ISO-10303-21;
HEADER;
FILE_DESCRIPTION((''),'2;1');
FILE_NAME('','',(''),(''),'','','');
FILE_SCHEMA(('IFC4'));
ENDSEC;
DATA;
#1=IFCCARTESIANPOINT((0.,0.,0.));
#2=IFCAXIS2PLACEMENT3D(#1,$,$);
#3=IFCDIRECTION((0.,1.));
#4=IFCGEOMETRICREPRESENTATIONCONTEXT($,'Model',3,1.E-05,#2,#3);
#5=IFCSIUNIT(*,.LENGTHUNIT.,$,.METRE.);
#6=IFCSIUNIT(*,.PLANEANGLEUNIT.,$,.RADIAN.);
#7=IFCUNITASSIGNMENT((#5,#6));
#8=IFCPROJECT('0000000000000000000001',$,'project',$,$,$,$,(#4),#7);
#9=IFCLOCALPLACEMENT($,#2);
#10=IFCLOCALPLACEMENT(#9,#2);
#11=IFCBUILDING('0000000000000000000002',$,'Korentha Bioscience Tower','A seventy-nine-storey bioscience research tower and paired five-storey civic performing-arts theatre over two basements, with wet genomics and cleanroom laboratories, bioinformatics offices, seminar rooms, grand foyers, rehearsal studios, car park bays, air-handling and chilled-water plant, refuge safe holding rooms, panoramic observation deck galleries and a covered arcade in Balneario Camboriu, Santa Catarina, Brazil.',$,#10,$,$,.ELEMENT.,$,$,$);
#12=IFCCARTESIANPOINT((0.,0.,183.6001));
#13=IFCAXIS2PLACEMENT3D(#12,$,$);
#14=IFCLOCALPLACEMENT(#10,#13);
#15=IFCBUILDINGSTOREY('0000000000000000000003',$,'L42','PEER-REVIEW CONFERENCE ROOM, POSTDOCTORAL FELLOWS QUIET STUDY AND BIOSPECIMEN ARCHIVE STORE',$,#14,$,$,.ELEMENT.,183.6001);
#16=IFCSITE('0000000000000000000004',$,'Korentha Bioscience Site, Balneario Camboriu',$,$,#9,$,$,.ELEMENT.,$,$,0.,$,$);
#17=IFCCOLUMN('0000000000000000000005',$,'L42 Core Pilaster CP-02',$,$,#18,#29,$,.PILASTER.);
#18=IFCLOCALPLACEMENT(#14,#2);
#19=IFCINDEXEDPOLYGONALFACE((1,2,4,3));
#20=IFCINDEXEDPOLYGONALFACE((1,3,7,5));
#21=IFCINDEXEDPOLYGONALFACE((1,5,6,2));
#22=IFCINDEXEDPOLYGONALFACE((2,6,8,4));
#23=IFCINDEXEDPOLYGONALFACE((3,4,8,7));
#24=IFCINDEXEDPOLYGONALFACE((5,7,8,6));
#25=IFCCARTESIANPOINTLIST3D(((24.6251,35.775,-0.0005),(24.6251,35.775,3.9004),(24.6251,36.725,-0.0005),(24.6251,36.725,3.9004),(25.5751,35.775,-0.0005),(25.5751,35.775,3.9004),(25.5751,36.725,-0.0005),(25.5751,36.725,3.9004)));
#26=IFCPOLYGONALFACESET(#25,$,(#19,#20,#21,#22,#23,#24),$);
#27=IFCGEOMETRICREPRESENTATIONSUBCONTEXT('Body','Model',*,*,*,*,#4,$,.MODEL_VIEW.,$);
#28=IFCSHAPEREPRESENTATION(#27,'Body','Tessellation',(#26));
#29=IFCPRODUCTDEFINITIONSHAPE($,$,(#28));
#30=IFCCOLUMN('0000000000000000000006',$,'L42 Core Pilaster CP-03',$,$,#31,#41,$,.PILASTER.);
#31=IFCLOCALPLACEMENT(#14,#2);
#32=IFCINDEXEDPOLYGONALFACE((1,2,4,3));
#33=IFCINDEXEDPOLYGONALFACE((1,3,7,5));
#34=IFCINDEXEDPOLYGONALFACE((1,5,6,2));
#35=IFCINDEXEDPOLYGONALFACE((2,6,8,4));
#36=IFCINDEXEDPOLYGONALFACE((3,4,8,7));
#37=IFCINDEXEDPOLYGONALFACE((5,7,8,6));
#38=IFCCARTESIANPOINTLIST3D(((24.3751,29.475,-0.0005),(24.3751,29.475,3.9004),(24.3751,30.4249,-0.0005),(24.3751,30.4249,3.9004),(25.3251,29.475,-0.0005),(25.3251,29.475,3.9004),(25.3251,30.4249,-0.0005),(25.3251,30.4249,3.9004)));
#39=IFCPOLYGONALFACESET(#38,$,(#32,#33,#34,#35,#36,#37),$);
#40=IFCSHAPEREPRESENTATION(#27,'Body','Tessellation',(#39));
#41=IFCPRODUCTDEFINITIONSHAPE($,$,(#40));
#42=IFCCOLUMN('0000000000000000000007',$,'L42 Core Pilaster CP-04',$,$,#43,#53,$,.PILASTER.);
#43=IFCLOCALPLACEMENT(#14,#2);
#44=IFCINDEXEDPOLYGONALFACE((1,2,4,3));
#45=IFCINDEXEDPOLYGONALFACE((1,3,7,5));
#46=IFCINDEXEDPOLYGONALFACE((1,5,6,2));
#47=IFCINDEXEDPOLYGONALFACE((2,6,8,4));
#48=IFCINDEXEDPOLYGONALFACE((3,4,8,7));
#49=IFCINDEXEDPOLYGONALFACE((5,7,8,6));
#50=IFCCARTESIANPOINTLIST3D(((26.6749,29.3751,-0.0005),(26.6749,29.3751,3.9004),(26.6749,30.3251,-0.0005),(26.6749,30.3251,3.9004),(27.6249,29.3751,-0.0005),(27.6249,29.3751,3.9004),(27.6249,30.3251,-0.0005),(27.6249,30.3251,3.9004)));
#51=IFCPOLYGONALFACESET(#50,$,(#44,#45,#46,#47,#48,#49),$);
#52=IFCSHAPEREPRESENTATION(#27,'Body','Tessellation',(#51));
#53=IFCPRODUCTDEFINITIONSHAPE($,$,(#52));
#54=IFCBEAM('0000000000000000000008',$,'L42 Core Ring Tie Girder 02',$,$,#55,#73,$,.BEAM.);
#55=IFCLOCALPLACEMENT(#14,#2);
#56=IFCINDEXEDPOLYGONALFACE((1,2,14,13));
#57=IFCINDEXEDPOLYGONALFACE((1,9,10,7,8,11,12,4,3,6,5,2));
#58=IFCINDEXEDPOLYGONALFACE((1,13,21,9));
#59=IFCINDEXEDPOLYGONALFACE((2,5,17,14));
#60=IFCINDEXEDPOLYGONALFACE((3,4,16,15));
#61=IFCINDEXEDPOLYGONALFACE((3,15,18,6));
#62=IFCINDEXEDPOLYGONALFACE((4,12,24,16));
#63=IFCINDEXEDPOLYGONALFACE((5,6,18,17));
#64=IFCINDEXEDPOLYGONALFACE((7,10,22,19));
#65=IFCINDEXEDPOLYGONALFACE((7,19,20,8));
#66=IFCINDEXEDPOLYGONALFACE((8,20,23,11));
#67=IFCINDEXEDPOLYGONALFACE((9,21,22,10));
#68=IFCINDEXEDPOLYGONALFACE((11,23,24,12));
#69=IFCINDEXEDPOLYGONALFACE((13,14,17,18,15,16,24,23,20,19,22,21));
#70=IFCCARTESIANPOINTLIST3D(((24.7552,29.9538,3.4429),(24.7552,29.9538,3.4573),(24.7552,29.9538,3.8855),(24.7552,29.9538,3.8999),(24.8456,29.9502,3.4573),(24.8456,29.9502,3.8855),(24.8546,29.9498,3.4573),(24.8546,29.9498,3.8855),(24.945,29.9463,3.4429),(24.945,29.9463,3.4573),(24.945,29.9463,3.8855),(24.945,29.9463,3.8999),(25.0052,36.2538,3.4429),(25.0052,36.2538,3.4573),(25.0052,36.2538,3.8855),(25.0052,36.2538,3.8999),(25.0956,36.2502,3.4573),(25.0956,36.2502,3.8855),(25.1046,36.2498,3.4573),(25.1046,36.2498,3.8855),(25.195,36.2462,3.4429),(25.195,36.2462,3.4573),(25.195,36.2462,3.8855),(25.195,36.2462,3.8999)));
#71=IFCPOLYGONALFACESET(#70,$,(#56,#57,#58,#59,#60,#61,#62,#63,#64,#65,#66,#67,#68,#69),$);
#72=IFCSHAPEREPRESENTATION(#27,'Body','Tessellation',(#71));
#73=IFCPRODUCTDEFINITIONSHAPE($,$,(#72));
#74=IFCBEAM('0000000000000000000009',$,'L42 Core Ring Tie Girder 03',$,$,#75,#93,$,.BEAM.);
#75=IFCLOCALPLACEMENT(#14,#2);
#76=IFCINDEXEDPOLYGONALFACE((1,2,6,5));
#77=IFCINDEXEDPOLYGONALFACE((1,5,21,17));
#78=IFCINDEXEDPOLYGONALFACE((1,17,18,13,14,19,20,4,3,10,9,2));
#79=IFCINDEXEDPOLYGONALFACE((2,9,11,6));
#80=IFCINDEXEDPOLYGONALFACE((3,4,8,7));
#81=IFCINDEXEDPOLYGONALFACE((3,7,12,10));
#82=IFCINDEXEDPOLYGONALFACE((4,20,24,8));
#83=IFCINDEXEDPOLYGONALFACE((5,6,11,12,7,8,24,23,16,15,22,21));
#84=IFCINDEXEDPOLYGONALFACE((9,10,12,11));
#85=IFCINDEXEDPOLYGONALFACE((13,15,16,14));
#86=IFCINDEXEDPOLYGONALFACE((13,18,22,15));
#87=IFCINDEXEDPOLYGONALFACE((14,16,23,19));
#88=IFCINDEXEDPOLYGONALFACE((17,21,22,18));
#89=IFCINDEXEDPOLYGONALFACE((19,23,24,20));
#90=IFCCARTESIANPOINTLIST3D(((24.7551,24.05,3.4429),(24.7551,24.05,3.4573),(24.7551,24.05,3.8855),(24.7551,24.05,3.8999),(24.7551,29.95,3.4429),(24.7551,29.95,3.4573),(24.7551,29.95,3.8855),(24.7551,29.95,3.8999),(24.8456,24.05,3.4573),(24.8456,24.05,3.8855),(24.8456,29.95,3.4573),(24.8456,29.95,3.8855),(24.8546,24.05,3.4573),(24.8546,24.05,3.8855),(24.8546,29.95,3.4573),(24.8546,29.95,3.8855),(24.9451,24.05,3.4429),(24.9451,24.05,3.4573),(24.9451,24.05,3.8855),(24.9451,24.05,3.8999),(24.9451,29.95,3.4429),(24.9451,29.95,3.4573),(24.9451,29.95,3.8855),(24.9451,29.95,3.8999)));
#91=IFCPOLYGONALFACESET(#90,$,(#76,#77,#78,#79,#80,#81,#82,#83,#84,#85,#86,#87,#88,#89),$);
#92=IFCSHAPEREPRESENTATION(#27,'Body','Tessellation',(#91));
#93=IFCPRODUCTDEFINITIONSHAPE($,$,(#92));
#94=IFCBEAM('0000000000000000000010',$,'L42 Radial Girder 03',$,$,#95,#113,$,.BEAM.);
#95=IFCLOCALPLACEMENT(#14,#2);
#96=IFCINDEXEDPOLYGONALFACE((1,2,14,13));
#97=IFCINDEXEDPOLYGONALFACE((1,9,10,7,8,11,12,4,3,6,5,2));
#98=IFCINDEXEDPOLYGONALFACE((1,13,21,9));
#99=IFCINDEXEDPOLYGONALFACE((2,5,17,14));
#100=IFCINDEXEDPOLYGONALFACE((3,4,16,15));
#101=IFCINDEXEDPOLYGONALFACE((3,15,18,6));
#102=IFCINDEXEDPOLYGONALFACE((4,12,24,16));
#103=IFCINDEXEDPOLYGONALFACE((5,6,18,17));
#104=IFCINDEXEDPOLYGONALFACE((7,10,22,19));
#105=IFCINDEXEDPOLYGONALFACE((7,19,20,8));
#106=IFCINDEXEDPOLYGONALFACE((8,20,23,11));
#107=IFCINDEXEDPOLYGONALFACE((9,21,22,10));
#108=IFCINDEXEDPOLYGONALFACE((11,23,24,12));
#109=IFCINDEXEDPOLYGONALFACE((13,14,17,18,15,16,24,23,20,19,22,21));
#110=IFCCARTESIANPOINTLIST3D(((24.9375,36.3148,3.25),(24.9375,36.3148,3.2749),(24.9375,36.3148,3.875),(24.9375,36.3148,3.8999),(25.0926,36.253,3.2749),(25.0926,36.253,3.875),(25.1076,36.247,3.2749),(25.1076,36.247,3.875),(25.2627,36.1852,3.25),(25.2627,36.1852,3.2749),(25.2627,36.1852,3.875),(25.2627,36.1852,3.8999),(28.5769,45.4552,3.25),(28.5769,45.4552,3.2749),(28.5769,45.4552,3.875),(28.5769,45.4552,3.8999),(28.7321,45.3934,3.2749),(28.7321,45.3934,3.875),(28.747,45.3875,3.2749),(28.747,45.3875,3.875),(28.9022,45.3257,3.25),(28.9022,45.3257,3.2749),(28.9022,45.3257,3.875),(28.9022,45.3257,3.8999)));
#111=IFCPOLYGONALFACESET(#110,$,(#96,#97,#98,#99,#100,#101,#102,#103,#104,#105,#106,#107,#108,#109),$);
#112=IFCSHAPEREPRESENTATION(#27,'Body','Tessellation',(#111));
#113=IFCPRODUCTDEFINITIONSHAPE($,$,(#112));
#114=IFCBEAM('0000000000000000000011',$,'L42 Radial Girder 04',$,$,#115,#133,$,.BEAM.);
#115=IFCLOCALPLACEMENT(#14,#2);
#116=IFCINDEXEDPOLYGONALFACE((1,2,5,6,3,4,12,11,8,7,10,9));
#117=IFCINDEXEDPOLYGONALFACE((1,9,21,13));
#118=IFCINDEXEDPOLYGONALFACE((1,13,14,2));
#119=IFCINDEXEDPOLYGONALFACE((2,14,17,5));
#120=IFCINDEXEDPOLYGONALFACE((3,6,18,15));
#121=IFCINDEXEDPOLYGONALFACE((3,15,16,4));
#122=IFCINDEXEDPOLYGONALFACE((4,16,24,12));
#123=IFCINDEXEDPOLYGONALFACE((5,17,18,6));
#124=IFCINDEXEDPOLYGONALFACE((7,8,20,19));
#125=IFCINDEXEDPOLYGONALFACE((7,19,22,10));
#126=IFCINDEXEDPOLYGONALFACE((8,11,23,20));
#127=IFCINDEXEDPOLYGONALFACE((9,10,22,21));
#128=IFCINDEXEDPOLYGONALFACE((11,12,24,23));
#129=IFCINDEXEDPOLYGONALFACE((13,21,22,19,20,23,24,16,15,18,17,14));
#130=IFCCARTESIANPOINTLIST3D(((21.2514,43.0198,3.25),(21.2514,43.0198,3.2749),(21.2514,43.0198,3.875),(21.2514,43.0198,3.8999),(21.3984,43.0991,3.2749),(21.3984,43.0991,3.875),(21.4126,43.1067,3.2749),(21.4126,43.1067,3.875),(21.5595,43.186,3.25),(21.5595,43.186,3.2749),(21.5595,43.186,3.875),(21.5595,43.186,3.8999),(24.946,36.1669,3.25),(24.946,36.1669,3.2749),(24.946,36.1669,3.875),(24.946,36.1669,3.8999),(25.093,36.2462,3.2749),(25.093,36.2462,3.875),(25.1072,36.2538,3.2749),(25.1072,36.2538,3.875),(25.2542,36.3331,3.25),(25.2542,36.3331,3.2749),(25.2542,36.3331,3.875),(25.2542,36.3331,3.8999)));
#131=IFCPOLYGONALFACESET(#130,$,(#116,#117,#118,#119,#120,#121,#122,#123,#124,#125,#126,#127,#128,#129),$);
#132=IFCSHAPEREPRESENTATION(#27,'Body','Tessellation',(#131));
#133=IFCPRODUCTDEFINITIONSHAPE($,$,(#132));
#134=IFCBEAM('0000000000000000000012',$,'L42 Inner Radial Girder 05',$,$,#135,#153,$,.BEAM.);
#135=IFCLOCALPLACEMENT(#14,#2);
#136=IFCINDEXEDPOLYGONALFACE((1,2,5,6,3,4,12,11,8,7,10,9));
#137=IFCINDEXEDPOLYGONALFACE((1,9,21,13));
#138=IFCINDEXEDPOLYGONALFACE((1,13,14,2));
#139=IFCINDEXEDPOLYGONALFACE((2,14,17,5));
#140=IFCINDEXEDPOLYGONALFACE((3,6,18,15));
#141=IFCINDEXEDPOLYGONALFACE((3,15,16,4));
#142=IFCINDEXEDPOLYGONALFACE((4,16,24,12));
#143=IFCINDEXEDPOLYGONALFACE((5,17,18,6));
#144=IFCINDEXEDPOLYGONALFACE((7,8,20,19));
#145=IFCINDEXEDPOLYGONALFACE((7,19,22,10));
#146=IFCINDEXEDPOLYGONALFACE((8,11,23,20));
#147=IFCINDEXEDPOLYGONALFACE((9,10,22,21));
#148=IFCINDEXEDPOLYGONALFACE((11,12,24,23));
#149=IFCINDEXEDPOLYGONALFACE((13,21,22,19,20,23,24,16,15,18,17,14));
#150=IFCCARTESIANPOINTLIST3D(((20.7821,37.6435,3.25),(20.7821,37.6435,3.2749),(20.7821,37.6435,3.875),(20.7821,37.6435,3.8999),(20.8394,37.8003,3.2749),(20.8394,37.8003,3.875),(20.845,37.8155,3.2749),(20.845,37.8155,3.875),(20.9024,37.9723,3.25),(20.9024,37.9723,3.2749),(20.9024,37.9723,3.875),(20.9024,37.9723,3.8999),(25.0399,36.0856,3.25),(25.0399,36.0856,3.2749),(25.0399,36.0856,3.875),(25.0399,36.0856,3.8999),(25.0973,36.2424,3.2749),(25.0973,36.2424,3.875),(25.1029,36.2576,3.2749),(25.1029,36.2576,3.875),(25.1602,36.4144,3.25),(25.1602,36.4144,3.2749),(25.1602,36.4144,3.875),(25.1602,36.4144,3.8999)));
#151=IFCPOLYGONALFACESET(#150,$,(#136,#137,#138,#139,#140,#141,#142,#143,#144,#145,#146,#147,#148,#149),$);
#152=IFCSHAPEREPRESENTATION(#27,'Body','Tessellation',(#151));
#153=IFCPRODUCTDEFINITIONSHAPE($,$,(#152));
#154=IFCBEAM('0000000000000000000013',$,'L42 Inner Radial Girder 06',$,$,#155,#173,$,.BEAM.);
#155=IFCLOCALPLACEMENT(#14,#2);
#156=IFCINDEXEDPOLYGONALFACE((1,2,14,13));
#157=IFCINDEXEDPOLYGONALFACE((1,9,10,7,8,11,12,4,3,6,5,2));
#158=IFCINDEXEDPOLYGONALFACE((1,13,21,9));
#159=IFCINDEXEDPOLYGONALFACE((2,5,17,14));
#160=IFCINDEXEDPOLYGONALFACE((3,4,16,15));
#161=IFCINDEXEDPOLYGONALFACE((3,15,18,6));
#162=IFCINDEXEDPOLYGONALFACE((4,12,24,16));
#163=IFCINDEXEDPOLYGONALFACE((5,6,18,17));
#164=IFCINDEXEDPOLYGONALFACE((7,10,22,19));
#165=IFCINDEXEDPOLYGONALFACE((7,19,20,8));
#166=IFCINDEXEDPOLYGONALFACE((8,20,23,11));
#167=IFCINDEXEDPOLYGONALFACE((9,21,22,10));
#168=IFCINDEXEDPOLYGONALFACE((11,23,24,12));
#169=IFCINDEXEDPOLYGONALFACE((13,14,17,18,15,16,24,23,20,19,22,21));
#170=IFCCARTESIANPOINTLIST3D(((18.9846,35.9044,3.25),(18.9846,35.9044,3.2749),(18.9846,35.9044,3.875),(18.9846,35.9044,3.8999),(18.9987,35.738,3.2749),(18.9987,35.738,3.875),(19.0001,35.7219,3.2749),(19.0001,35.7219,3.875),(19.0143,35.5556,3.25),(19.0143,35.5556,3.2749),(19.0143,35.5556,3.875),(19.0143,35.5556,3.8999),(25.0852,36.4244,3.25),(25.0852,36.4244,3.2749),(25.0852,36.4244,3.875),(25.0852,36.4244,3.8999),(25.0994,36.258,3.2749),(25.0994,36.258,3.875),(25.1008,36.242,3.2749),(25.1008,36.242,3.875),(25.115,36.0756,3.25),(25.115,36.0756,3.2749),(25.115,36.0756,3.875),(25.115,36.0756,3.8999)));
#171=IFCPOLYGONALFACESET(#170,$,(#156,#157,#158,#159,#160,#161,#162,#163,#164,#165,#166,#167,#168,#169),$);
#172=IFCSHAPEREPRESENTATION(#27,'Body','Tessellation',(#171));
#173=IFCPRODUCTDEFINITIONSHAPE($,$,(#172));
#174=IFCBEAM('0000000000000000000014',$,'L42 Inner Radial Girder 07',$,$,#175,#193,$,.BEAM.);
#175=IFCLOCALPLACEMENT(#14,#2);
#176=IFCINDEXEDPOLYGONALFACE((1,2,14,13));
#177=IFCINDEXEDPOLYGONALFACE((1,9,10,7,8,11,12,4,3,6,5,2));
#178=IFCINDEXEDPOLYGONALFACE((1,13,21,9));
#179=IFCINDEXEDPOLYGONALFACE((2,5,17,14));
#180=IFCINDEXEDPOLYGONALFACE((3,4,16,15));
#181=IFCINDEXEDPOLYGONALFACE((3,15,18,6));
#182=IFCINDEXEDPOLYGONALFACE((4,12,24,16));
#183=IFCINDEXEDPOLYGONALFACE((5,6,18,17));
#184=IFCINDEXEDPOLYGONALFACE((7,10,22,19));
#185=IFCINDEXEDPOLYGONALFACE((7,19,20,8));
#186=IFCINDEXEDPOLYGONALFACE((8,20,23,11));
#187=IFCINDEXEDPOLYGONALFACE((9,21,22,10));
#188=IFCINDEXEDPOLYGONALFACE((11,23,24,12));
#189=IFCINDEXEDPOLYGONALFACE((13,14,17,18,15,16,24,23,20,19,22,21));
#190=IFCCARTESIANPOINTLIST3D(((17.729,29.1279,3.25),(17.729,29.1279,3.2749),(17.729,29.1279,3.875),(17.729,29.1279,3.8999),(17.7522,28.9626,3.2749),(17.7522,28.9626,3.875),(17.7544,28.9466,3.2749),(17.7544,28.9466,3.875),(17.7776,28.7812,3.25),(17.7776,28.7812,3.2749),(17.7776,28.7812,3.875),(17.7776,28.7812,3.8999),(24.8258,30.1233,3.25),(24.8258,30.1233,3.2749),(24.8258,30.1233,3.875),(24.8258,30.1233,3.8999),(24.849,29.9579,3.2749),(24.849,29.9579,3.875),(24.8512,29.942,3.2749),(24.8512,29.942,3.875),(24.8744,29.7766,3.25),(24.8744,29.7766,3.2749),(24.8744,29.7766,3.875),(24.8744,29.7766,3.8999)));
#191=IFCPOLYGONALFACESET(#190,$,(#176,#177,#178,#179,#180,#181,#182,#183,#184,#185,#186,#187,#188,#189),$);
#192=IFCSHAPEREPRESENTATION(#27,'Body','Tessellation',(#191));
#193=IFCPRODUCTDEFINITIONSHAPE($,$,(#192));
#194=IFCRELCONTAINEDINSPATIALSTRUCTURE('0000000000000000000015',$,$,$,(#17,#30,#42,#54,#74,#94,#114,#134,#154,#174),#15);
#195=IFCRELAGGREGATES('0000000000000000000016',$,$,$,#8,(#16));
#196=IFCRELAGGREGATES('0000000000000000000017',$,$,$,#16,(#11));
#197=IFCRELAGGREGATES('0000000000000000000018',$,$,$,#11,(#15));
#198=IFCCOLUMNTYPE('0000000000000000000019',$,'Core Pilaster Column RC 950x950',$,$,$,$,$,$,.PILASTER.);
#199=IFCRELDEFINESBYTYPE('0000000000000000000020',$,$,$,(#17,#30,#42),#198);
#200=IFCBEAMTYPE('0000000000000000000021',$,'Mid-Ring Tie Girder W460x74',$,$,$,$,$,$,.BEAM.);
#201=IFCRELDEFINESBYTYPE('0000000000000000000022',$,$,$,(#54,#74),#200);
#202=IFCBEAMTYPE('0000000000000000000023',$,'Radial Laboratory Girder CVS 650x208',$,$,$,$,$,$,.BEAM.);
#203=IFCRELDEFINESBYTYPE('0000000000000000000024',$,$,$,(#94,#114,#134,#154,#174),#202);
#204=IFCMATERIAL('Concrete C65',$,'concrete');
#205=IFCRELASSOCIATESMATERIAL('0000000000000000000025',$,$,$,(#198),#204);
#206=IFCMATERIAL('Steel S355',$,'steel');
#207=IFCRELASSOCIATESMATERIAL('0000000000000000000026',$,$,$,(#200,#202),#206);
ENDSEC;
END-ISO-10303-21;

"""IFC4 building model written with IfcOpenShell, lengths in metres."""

from ifc_helpers import new_model, si_unit, direction, frame, origin, origin_2d, place, context, subcontext, project, spatial, rectangle, i_section, extrude, material, material_profile, profile_set, type_object, element, save


model = new_model("IFC4")

# Units and contexts
model_context = context("Model", 3, precision=1e-05, world=origin(), true_north=direction((0.0, 1.0)))
body_context = subcontext(model_context, "Body", "Model", "MODEL_VIEW")
ifc_project = project(units=[si_unit("LENGTHUNIT", "METRE"), si_unit("PLANEANGLEUNIT", "RADIAN")], contexts=[model_context])

# Site, building, storey
site_placement = place(None, origin())
site = spatial("IfcSite", under=ifc_project, at=site_placement, Name="Korentha Bioscience Site, Balneario Camboriu", CompositionType="ELEMENT", RefElevation=0.0)
building_placement = place(site_placement, origin())
building = spatial("IfcBuilding", under=site, at=building_placement, Name="Korentha Bioscience Tower", Description="A seventy-nine-storey bioscience research tower and paired five-storey civic performing-arts theatre over two basements, with wet genomics and cleanroom laboratories, bioinformatics offices, seminar rooms, grand foyers, rehearsal studios, car park bays, air-handling and chilled-water plant, refuge safe holding rooms, panoramic observation deck galleries and a covered arcade in Balneario Camboriu, Santa Catarina, Brazil.", CompositionType="ELEMENT")
storey_placement = place(building_placement, frame((0.0, 0.0, 183.6001)))
storey = spatial("IfcBuildingStorey", under=building, at=storey_placement, Name="L42", Description="PEER-REVIEW CONFERENCE ROOM, POSTDOCTORAL FELLOWS QUIET STUDY AND BIOSPECIMEN ARCHIVE STORE", CompositionType="ELEMENT", Elevation=183.6001)

# Columns
ifc_material_1 = material(Name="Concrete C65", Category="concrete")
ifc_material_profile_1 = material_profile(ifc_material_1, rectangle(XDim=0.95, YDim=0.95, at=origin_2d()), Name="Concrete C65")
ifc_profile_set_1 = profile_set([ifc_material_profile_1], Name="Concrete C65 (COL-CP09)")
column_type = type_object("IfcColumnType", Name="Core Pilaster Column RC 950x950", PredefinedType="PILASTER", material=ifc_profile_set_1)
for number, where, z_axis, x_axis, name in (
    (1, (25.1001, 36.25, -0.0005), (0.0, 0.0, 1.0), (1.0, 0.0, 0.0), "L42 Core Pilaster CP-02"),
    (2, (24.8501, 29.95, -0.0005), (0.0, 0.0, 1.0), (1.0, 0.0, 0.0), "L42 Core Pilaster CP-03"),
    (3, (27.1499, 29.8501, -0.0005), (0.0, 0.0, 1.0), (1.0, 0.0, 0.0), "L42 Core Pilaster CP-04"),
):
    element("IfcColumn", number, at=place(storey_placement, frame(where, z_axis=z_axis, x_axis=x_axis)), inside=storey, type_object=column_type, Name=name, PredefinedType="PILASTER", context=body_context, shape_type="SweptSolid", body=[
        extrude(rectangle(XDim=0.95, YDim=0.95, at=origin_2d()), origin(), (0.0, 0.0, 1.0), 3.9009),
    ])

# Beams
ifc_material_2 = material(Name="Steel S355", Category="steel")
ifc_material_profile_2 = material_profile(ifc_material_2, i_section(OverallWidth=0.1899, OverallDepth=0.457, WebThickness=0.009, FlangeThickness=0.0144, at=origin_2d()), Name="Steel S355")
ifc_profile_set_2 = profile_set([ifc_material_profile_2], Name="Steel S355 (MB-460)")
beam_type_1 = type_object("IfcBeamType", Name="Mid-Ring Tie Girder W460x74", PredefinedType="BEAM", material=ifc_profile_set_2)
beam_1_placement = place(storey_placement, frame((25.1001, 36.25, 3.6714), z_axis=(-0.039651, -0.999214, 0.0), x_axis=(0.999214, -0.039651, 0.0)))
element("IfcBeam", 4, at=beam_1_placement, inside=storey, type_object=beam_type_1, Name="L42 Core Ring Tie Girder 02", PredefinedType="BEAM", context=body_context, shape_type="SweptSolid", body=[
    extrude(i_section(OverallWidth=0.1899, OverallDepth=0.457, WebThickness=0.009, FlangeThickness=0.0144, at=origin_2d()), origin(), (0.0, 0.0, 1.0), 6.3049),
])
beam_2_placement = place(storey_placement, frame((24.8501, 29.95, 3.6714), z_axis=(0.0, -1.0, 0.0), x_axis=(1.0, 0.0, 0.0)))
element("IfcBeam", 5, at=beam_2_placement, inside=storey, type_object=beam_type_1, Name="L42 Core Ring Tie Girder 03", PredefinedType="BEAM", context=body_context, shape_type="SweptSolid", body=[
    extrude(i_section(OverallWidth=0.1899, OverallDepth=0.457, WebThickness=0.009, FlangeThickness=0.0144, at=origin_2d()), origin(), (0.0, 0.0, 1.0), 5.8999),
])
ifc_material_profile_3 = material_profile(ifc_material_2, i_section(OverallWidth=0.3501, OverallDepth=0.6499, WebThickness=0.0161, FlangeThickness=0.0249, at=origin_2d()), Name="Steel S355")
ifc_profile_set_3 = profile_set([ifc_material_profile_3], Name="Steel S355 (RB-650)")
beam_type_2 = type_object("IfcBeamType", Name="Radial Laboratory Girder CVS 650x208", PredefinedType="BEAM", material=ifc_profile_set_3)
beam_3_placement = place(storey_placement, frame((25.1001, 36.25, 3.575), z_axis=(0.369923, 0.929063, 0.0), x_axis=(-0.929063, 0.369923, 0.0)))
element("IfcBeam", 6, at=beam_3_placement, inside=storey, type_object=beam_type_2, Name="L42 Radial Girder 03", PredefinedType="BEAM", context=body_context, shape_type="SweptSolid", body=[
    extrude(i_section(OverallWidth=0.3501, OverallDepth=0.6499, WebThickness=0.0161, FlangeThickness=0.0249, at=origin_2d()), origin(), (0.0, 0.0, 1.0), 9.8384),
])
beam_4_placement = place(storey_placement, frame((25.1001, 36.25, 3.575), z_axis=(-0.47456, 0.880223, 0.0), x_axis=(-0.880223, -0.47456, 0.0)))
element("IfcBeam", 7, at=beam_4_placement, inside=storey, type_object=beam_type_2, Name="L42 Radial Girder 04", PredefinedType="BEAM", context=body_context, shape_type="SweptSolid", body=[
    extrude(i_section(OverallWidth=0.3501, OverallDepth=0.6499, WebThickness=0.0161, FlangeThickness=0.0249, at=origin_2d()), origin(), (0.0, 0.0, 1.0), 7.7854),
])
beam_5_placement = place(storey_placement, frame((25.1001, 36.25, 3.575), z_axis=(-0.939114, 0.343606, 0.0), x_axis=(-0.343606, -0.939114, 0.0)))
element("IfcBeam", 8, at=beam_5_placement, inside=storey, type_object=beam_type_2, Name="L42 Inner Radial Girder 05", PredefinedType="BEAM", context=body_context, shape_type="SweptSolid", body=[
    extrude(i_section(OverallWidth=0.3501, OverallDepth=0.6499, WebThickness=0.0161, FlangeThickness=0.0249, at=origin_2d()), origin(), (0.0, 0.0, 1.0), 4.5339),
])
beam_6_placement = place(storey_placement, frame((25.1001, 36.25, 3.575), z_axis=(-0.996387, -0.084933, 0.0), x_axis=(0.084933, -0.996387, 0.0)))
element("IfcBeam", 9, at=beam_6_placement, inside=storey, type_object=beam_type_2, Name="L42 Inner Radial Girder 06", PredefinedType="BEAM", context=body_context, shape_type="SweptSolid", body=[
    extrude(i_section(OverallWidth=0.3501, OverallDepth=0.6499, WebThickness=0.0161, FlangeThickness=0.0249, at=origin_2d()), origin(), (0.0, 0.0, 1.0), 6.1228),
])
beam_7_placement = place(storey_placement, frame((24.8501, 29.95, 3.575), z_axis=(-0.990307, -0.138898, 0.0), x_axis=(0.138898, -0.990307, 0.0)))
element("IfcBeam", 10, at=beam_7_placement, inside=storey, type_object=beam_type_2, Name="L42 Inner Radial Girder 07", PredefinedType="BEAM", context=body_context, shape_type="SweptSolid", body=[
    extrude(i_section(OverallWidth=0.3501, OverallDepth=0.6499, WebThickness=0.0161, FlangeThickness=0.0249, at=origin_2d()), origin(), (0.0, 0.0, 1.0), 7.1663),
])

save(model, "model.ifc")
